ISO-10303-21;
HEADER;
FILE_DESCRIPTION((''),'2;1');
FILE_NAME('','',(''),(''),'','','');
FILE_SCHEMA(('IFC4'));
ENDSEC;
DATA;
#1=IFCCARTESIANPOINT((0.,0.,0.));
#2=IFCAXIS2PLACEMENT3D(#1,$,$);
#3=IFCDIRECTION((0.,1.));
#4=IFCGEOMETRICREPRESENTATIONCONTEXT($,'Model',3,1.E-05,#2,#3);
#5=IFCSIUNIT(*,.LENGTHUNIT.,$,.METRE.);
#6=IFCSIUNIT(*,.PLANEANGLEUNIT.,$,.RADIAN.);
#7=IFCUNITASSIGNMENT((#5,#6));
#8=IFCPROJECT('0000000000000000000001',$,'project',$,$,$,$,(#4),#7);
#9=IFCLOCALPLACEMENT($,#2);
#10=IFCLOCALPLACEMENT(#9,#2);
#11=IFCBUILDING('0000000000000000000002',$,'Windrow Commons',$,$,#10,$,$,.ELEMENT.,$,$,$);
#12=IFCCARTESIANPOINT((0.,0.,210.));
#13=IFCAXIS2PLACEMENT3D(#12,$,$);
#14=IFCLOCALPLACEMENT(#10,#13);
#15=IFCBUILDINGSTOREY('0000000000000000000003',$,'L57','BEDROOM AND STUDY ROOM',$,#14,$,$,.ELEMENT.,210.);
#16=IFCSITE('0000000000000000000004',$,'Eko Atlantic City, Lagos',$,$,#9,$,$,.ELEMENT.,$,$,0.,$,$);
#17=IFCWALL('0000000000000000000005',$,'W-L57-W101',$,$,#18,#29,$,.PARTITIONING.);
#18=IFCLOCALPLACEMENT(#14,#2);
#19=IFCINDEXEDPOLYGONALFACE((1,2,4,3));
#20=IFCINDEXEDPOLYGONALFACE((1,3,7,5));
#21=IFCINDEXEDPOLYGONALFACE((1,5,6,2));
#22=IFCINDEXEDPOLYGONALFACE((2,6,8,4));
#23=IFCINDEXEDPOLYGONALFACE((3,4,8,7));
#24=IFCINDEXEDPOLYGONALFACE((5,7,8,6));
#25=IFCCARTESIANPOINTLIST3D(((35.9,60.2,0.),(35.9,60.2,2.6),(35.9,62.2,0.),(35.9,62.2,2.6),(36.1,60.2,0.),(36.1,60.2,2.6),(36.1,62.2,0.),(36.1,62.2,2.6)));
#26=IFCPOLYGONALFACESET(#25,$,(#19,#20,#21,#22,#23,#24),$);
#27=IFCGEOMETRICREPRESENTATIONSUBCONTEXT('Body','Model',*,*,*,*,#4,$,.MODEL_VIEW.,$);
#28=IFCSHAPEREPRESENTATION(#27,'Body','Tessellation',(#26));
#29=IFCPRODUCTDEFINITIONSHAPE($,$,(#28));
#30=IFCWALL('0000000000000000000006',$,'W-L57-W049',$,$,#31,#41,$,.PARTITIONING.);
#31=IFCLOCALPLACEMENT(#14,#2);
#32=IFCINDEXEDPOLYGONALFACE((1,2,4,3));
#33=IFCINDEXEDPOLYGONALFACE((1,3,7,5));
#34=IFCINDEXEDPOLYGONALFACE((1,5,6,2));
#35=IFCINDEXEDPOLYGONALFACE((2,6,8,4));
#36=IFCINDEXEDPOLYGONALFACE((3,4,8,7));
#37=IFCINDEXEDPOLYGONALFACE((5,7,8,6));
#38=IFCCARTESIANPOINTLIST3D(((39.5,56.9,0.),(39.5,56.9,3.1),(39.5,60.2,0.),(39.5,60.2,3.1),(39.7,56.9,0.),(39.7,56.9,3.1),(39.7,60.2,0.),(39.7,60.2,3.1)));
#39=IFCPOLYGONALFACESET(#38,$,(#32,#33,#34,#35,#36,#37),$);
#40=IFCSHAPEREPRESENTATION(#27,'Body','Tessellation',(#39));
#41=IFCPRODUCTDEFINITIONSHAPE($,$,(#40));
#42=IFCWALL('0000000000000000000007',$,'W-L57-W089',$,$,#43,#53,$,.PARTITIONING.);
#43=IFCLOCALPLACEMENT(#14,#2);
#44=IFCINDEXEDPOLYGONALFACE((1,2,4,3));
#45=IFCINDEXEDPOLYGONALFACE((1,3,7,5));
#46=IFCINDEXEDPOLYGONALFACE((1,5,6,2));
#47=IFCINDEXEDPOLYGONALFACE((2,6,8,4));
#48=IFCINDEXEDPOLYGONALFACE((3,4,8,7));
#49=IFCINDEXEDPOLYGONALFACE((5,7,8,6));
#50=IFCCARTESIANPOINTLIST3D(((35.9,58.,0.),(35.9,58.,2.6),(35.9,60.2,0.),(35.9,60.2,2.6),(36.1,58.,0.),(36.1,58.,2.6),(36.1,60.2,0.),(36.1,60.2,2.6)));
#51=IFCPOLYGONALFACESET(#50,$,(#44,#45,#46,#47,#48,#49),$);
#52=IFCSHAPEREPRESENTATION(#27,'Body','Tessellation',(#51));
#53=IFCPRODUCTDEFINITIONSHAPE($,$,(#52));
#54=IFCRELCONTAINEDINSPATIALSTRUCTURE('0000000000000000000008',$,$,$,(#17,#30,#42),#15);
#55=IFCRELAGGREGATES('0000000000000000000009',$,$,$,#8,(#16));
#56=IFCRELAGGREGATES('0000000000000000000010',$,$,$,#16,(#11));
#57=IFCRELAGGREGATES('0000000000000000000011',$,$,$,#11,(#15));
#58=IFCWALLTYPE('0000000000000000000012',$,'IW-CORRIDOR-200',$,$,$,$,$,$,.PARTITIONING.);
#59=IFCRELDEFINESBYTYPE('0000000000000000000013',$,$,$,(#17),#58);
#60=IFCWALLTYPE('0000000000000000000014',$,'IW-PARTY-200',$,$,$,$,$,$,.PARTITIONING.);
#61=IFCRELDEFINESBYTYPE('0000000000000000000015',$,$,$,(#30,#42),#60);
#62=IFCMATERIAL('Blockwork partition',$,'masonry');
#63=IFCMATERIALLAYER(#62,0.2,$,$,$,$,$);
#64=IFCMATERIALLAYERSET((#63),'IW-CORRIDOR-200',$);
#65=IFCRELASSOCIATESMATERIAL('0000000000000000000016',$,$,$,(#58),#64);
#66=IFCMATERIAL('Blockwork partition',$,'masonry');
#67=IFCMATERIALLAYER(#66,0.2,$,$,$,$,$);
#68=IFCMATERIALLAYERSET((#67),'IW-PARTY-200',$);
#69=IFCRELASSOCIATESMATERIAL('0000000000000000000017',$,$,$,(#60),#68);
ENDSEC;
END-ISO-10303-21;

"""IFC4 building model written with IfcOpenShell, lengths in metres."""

from ifc_helpers import new_model, si_unit, direction, frame, frame_2d, origin, place, context, subcontext, project, spatial, rectangle, extrude, material, layer, layer_set, type_object, element, save


model = new_model("IFC4")

# Units and contexts
model_context = context("Model", 3, precision=1e-05, world=origin(), true_north=direction((0.0, 1.0)))
body_context = subcontext(model_context, "Body", "Model", "MODEL_VIEW")
ifc_project = project(units=[si_unit("LENGTHUNIT", "METRE"), si_unit("PLANEANGLEUNIT", "RADIAN")], contexts=[model_context])

# Site, building, storey
site_placement = place(None, origin())
site = spatial("IfcSite", under=ifc_project, at=site_placement, Name="Eko Atlantic City, Lagos", CompositionType="ELEMENT", RefElevation=0.0)
building_placement = place(site_placement, origin())
building = spatial("IfcBuilding", under=site, at=building_placement, Name="Windrow Commons", CompositionType="ELEMENT")
storey_placement = place(building_placement, frame((0.0, 0.0, 210.0)))
storey = spatial("IfcBuildingStorey", under=building, at=storey_placement, Name="L57", Description="BEDROOM AND STUDY ROOM", CompositionType="ELEMENT", Elevation=210.0)

# Shared definitions
ifc_material_1 = material(Name="Blockwork partition", Category="masonry")
ifc_layer_1 = layer(ifc_material_1, 0.2)
ifc_layer_set_1 = layer_set([ifc_layer_1], Name="IW-CORRIDOR-200")
wall_type_1 = type_object("IfcWallType", Name="IW-CORRIDOR-200", PredefinedType="PARTITIONING", material=ifc_layer_set_1)

# Walls
wall_1_placement = place(storey_placement, frame((36.0, 60.2, 0.0), z_axis=(0.0, 0.0, 1.0), x_axis=(0.0, 1.0, 0.0)))
element("IfcWall", 1, at=wall_1_placement, inside=storey, type_object=wall_type_1, Name="W-L57-W101", PredefinedType="PARTITIONING", context=body_context, shape_type="SweptSolid", body=[
    extrude(rectangle(XDim=2.0, YDim=0.2, at=frame_2d((1.0, 0.0))), origin(), (0.0, 0.0, 1.0), 2.6),
])
ifc_material_2 = material(Name="Blockwork partition", Category="masonry")
ifc_layer_2 = layer(ifc_material_2, 0.2)
ifc_layer_set_2 = layer_set([ifc_layer_2], Name="IW-PARTY-200")
wall_type_2 = type_object("IfcWallType", Name="IW-PARTY-200", PredefinedType="PARTITIONING", material=ifc_layer_set_2)
wall_2_placement = place(storey_placement, frame((39.6, 56.9, 0.0), z_axis=(0.0, 0.0, 1.0), x_axis=(0.0, 1.0, 0.0)))
element("IfcWall", 2, at=wall_2_placement, inside=storey, type_object=wall_type_2, Name="W-L57-W049", PredefinedType="PARTITIONING", context=body_context, shape_type="SweptSolid", body=[
    extrude(rectangle(XDim=3.3, YDim=0.2, at=frame_2d((1.65, 0.0))), origin(), (0.0, 0.0, 1.0), 3.1),
])
wall_3_placement = place(storey_placement, frame((36.0, 58.0, 0.0), z_axis=(0.0, 0.0, 1.0), x_axis=(0.0, 1.0, 0.0)))
element("IfcWall", 3, at=wall_3_placement, inside=storey, type_object=wall_type_2, Name="W-L57-W089", PredefinedType="PARTITIONING", context=body_context, shape_type="SweptSolid", body=[
    extrude(rectangle(XDim=2.2, YDim=0.2, at=frame_2d((1.1, 0.0))), origin(), (0.0, 0.0, 1.0), 2.6),
])

save(model, "model.ifc")
